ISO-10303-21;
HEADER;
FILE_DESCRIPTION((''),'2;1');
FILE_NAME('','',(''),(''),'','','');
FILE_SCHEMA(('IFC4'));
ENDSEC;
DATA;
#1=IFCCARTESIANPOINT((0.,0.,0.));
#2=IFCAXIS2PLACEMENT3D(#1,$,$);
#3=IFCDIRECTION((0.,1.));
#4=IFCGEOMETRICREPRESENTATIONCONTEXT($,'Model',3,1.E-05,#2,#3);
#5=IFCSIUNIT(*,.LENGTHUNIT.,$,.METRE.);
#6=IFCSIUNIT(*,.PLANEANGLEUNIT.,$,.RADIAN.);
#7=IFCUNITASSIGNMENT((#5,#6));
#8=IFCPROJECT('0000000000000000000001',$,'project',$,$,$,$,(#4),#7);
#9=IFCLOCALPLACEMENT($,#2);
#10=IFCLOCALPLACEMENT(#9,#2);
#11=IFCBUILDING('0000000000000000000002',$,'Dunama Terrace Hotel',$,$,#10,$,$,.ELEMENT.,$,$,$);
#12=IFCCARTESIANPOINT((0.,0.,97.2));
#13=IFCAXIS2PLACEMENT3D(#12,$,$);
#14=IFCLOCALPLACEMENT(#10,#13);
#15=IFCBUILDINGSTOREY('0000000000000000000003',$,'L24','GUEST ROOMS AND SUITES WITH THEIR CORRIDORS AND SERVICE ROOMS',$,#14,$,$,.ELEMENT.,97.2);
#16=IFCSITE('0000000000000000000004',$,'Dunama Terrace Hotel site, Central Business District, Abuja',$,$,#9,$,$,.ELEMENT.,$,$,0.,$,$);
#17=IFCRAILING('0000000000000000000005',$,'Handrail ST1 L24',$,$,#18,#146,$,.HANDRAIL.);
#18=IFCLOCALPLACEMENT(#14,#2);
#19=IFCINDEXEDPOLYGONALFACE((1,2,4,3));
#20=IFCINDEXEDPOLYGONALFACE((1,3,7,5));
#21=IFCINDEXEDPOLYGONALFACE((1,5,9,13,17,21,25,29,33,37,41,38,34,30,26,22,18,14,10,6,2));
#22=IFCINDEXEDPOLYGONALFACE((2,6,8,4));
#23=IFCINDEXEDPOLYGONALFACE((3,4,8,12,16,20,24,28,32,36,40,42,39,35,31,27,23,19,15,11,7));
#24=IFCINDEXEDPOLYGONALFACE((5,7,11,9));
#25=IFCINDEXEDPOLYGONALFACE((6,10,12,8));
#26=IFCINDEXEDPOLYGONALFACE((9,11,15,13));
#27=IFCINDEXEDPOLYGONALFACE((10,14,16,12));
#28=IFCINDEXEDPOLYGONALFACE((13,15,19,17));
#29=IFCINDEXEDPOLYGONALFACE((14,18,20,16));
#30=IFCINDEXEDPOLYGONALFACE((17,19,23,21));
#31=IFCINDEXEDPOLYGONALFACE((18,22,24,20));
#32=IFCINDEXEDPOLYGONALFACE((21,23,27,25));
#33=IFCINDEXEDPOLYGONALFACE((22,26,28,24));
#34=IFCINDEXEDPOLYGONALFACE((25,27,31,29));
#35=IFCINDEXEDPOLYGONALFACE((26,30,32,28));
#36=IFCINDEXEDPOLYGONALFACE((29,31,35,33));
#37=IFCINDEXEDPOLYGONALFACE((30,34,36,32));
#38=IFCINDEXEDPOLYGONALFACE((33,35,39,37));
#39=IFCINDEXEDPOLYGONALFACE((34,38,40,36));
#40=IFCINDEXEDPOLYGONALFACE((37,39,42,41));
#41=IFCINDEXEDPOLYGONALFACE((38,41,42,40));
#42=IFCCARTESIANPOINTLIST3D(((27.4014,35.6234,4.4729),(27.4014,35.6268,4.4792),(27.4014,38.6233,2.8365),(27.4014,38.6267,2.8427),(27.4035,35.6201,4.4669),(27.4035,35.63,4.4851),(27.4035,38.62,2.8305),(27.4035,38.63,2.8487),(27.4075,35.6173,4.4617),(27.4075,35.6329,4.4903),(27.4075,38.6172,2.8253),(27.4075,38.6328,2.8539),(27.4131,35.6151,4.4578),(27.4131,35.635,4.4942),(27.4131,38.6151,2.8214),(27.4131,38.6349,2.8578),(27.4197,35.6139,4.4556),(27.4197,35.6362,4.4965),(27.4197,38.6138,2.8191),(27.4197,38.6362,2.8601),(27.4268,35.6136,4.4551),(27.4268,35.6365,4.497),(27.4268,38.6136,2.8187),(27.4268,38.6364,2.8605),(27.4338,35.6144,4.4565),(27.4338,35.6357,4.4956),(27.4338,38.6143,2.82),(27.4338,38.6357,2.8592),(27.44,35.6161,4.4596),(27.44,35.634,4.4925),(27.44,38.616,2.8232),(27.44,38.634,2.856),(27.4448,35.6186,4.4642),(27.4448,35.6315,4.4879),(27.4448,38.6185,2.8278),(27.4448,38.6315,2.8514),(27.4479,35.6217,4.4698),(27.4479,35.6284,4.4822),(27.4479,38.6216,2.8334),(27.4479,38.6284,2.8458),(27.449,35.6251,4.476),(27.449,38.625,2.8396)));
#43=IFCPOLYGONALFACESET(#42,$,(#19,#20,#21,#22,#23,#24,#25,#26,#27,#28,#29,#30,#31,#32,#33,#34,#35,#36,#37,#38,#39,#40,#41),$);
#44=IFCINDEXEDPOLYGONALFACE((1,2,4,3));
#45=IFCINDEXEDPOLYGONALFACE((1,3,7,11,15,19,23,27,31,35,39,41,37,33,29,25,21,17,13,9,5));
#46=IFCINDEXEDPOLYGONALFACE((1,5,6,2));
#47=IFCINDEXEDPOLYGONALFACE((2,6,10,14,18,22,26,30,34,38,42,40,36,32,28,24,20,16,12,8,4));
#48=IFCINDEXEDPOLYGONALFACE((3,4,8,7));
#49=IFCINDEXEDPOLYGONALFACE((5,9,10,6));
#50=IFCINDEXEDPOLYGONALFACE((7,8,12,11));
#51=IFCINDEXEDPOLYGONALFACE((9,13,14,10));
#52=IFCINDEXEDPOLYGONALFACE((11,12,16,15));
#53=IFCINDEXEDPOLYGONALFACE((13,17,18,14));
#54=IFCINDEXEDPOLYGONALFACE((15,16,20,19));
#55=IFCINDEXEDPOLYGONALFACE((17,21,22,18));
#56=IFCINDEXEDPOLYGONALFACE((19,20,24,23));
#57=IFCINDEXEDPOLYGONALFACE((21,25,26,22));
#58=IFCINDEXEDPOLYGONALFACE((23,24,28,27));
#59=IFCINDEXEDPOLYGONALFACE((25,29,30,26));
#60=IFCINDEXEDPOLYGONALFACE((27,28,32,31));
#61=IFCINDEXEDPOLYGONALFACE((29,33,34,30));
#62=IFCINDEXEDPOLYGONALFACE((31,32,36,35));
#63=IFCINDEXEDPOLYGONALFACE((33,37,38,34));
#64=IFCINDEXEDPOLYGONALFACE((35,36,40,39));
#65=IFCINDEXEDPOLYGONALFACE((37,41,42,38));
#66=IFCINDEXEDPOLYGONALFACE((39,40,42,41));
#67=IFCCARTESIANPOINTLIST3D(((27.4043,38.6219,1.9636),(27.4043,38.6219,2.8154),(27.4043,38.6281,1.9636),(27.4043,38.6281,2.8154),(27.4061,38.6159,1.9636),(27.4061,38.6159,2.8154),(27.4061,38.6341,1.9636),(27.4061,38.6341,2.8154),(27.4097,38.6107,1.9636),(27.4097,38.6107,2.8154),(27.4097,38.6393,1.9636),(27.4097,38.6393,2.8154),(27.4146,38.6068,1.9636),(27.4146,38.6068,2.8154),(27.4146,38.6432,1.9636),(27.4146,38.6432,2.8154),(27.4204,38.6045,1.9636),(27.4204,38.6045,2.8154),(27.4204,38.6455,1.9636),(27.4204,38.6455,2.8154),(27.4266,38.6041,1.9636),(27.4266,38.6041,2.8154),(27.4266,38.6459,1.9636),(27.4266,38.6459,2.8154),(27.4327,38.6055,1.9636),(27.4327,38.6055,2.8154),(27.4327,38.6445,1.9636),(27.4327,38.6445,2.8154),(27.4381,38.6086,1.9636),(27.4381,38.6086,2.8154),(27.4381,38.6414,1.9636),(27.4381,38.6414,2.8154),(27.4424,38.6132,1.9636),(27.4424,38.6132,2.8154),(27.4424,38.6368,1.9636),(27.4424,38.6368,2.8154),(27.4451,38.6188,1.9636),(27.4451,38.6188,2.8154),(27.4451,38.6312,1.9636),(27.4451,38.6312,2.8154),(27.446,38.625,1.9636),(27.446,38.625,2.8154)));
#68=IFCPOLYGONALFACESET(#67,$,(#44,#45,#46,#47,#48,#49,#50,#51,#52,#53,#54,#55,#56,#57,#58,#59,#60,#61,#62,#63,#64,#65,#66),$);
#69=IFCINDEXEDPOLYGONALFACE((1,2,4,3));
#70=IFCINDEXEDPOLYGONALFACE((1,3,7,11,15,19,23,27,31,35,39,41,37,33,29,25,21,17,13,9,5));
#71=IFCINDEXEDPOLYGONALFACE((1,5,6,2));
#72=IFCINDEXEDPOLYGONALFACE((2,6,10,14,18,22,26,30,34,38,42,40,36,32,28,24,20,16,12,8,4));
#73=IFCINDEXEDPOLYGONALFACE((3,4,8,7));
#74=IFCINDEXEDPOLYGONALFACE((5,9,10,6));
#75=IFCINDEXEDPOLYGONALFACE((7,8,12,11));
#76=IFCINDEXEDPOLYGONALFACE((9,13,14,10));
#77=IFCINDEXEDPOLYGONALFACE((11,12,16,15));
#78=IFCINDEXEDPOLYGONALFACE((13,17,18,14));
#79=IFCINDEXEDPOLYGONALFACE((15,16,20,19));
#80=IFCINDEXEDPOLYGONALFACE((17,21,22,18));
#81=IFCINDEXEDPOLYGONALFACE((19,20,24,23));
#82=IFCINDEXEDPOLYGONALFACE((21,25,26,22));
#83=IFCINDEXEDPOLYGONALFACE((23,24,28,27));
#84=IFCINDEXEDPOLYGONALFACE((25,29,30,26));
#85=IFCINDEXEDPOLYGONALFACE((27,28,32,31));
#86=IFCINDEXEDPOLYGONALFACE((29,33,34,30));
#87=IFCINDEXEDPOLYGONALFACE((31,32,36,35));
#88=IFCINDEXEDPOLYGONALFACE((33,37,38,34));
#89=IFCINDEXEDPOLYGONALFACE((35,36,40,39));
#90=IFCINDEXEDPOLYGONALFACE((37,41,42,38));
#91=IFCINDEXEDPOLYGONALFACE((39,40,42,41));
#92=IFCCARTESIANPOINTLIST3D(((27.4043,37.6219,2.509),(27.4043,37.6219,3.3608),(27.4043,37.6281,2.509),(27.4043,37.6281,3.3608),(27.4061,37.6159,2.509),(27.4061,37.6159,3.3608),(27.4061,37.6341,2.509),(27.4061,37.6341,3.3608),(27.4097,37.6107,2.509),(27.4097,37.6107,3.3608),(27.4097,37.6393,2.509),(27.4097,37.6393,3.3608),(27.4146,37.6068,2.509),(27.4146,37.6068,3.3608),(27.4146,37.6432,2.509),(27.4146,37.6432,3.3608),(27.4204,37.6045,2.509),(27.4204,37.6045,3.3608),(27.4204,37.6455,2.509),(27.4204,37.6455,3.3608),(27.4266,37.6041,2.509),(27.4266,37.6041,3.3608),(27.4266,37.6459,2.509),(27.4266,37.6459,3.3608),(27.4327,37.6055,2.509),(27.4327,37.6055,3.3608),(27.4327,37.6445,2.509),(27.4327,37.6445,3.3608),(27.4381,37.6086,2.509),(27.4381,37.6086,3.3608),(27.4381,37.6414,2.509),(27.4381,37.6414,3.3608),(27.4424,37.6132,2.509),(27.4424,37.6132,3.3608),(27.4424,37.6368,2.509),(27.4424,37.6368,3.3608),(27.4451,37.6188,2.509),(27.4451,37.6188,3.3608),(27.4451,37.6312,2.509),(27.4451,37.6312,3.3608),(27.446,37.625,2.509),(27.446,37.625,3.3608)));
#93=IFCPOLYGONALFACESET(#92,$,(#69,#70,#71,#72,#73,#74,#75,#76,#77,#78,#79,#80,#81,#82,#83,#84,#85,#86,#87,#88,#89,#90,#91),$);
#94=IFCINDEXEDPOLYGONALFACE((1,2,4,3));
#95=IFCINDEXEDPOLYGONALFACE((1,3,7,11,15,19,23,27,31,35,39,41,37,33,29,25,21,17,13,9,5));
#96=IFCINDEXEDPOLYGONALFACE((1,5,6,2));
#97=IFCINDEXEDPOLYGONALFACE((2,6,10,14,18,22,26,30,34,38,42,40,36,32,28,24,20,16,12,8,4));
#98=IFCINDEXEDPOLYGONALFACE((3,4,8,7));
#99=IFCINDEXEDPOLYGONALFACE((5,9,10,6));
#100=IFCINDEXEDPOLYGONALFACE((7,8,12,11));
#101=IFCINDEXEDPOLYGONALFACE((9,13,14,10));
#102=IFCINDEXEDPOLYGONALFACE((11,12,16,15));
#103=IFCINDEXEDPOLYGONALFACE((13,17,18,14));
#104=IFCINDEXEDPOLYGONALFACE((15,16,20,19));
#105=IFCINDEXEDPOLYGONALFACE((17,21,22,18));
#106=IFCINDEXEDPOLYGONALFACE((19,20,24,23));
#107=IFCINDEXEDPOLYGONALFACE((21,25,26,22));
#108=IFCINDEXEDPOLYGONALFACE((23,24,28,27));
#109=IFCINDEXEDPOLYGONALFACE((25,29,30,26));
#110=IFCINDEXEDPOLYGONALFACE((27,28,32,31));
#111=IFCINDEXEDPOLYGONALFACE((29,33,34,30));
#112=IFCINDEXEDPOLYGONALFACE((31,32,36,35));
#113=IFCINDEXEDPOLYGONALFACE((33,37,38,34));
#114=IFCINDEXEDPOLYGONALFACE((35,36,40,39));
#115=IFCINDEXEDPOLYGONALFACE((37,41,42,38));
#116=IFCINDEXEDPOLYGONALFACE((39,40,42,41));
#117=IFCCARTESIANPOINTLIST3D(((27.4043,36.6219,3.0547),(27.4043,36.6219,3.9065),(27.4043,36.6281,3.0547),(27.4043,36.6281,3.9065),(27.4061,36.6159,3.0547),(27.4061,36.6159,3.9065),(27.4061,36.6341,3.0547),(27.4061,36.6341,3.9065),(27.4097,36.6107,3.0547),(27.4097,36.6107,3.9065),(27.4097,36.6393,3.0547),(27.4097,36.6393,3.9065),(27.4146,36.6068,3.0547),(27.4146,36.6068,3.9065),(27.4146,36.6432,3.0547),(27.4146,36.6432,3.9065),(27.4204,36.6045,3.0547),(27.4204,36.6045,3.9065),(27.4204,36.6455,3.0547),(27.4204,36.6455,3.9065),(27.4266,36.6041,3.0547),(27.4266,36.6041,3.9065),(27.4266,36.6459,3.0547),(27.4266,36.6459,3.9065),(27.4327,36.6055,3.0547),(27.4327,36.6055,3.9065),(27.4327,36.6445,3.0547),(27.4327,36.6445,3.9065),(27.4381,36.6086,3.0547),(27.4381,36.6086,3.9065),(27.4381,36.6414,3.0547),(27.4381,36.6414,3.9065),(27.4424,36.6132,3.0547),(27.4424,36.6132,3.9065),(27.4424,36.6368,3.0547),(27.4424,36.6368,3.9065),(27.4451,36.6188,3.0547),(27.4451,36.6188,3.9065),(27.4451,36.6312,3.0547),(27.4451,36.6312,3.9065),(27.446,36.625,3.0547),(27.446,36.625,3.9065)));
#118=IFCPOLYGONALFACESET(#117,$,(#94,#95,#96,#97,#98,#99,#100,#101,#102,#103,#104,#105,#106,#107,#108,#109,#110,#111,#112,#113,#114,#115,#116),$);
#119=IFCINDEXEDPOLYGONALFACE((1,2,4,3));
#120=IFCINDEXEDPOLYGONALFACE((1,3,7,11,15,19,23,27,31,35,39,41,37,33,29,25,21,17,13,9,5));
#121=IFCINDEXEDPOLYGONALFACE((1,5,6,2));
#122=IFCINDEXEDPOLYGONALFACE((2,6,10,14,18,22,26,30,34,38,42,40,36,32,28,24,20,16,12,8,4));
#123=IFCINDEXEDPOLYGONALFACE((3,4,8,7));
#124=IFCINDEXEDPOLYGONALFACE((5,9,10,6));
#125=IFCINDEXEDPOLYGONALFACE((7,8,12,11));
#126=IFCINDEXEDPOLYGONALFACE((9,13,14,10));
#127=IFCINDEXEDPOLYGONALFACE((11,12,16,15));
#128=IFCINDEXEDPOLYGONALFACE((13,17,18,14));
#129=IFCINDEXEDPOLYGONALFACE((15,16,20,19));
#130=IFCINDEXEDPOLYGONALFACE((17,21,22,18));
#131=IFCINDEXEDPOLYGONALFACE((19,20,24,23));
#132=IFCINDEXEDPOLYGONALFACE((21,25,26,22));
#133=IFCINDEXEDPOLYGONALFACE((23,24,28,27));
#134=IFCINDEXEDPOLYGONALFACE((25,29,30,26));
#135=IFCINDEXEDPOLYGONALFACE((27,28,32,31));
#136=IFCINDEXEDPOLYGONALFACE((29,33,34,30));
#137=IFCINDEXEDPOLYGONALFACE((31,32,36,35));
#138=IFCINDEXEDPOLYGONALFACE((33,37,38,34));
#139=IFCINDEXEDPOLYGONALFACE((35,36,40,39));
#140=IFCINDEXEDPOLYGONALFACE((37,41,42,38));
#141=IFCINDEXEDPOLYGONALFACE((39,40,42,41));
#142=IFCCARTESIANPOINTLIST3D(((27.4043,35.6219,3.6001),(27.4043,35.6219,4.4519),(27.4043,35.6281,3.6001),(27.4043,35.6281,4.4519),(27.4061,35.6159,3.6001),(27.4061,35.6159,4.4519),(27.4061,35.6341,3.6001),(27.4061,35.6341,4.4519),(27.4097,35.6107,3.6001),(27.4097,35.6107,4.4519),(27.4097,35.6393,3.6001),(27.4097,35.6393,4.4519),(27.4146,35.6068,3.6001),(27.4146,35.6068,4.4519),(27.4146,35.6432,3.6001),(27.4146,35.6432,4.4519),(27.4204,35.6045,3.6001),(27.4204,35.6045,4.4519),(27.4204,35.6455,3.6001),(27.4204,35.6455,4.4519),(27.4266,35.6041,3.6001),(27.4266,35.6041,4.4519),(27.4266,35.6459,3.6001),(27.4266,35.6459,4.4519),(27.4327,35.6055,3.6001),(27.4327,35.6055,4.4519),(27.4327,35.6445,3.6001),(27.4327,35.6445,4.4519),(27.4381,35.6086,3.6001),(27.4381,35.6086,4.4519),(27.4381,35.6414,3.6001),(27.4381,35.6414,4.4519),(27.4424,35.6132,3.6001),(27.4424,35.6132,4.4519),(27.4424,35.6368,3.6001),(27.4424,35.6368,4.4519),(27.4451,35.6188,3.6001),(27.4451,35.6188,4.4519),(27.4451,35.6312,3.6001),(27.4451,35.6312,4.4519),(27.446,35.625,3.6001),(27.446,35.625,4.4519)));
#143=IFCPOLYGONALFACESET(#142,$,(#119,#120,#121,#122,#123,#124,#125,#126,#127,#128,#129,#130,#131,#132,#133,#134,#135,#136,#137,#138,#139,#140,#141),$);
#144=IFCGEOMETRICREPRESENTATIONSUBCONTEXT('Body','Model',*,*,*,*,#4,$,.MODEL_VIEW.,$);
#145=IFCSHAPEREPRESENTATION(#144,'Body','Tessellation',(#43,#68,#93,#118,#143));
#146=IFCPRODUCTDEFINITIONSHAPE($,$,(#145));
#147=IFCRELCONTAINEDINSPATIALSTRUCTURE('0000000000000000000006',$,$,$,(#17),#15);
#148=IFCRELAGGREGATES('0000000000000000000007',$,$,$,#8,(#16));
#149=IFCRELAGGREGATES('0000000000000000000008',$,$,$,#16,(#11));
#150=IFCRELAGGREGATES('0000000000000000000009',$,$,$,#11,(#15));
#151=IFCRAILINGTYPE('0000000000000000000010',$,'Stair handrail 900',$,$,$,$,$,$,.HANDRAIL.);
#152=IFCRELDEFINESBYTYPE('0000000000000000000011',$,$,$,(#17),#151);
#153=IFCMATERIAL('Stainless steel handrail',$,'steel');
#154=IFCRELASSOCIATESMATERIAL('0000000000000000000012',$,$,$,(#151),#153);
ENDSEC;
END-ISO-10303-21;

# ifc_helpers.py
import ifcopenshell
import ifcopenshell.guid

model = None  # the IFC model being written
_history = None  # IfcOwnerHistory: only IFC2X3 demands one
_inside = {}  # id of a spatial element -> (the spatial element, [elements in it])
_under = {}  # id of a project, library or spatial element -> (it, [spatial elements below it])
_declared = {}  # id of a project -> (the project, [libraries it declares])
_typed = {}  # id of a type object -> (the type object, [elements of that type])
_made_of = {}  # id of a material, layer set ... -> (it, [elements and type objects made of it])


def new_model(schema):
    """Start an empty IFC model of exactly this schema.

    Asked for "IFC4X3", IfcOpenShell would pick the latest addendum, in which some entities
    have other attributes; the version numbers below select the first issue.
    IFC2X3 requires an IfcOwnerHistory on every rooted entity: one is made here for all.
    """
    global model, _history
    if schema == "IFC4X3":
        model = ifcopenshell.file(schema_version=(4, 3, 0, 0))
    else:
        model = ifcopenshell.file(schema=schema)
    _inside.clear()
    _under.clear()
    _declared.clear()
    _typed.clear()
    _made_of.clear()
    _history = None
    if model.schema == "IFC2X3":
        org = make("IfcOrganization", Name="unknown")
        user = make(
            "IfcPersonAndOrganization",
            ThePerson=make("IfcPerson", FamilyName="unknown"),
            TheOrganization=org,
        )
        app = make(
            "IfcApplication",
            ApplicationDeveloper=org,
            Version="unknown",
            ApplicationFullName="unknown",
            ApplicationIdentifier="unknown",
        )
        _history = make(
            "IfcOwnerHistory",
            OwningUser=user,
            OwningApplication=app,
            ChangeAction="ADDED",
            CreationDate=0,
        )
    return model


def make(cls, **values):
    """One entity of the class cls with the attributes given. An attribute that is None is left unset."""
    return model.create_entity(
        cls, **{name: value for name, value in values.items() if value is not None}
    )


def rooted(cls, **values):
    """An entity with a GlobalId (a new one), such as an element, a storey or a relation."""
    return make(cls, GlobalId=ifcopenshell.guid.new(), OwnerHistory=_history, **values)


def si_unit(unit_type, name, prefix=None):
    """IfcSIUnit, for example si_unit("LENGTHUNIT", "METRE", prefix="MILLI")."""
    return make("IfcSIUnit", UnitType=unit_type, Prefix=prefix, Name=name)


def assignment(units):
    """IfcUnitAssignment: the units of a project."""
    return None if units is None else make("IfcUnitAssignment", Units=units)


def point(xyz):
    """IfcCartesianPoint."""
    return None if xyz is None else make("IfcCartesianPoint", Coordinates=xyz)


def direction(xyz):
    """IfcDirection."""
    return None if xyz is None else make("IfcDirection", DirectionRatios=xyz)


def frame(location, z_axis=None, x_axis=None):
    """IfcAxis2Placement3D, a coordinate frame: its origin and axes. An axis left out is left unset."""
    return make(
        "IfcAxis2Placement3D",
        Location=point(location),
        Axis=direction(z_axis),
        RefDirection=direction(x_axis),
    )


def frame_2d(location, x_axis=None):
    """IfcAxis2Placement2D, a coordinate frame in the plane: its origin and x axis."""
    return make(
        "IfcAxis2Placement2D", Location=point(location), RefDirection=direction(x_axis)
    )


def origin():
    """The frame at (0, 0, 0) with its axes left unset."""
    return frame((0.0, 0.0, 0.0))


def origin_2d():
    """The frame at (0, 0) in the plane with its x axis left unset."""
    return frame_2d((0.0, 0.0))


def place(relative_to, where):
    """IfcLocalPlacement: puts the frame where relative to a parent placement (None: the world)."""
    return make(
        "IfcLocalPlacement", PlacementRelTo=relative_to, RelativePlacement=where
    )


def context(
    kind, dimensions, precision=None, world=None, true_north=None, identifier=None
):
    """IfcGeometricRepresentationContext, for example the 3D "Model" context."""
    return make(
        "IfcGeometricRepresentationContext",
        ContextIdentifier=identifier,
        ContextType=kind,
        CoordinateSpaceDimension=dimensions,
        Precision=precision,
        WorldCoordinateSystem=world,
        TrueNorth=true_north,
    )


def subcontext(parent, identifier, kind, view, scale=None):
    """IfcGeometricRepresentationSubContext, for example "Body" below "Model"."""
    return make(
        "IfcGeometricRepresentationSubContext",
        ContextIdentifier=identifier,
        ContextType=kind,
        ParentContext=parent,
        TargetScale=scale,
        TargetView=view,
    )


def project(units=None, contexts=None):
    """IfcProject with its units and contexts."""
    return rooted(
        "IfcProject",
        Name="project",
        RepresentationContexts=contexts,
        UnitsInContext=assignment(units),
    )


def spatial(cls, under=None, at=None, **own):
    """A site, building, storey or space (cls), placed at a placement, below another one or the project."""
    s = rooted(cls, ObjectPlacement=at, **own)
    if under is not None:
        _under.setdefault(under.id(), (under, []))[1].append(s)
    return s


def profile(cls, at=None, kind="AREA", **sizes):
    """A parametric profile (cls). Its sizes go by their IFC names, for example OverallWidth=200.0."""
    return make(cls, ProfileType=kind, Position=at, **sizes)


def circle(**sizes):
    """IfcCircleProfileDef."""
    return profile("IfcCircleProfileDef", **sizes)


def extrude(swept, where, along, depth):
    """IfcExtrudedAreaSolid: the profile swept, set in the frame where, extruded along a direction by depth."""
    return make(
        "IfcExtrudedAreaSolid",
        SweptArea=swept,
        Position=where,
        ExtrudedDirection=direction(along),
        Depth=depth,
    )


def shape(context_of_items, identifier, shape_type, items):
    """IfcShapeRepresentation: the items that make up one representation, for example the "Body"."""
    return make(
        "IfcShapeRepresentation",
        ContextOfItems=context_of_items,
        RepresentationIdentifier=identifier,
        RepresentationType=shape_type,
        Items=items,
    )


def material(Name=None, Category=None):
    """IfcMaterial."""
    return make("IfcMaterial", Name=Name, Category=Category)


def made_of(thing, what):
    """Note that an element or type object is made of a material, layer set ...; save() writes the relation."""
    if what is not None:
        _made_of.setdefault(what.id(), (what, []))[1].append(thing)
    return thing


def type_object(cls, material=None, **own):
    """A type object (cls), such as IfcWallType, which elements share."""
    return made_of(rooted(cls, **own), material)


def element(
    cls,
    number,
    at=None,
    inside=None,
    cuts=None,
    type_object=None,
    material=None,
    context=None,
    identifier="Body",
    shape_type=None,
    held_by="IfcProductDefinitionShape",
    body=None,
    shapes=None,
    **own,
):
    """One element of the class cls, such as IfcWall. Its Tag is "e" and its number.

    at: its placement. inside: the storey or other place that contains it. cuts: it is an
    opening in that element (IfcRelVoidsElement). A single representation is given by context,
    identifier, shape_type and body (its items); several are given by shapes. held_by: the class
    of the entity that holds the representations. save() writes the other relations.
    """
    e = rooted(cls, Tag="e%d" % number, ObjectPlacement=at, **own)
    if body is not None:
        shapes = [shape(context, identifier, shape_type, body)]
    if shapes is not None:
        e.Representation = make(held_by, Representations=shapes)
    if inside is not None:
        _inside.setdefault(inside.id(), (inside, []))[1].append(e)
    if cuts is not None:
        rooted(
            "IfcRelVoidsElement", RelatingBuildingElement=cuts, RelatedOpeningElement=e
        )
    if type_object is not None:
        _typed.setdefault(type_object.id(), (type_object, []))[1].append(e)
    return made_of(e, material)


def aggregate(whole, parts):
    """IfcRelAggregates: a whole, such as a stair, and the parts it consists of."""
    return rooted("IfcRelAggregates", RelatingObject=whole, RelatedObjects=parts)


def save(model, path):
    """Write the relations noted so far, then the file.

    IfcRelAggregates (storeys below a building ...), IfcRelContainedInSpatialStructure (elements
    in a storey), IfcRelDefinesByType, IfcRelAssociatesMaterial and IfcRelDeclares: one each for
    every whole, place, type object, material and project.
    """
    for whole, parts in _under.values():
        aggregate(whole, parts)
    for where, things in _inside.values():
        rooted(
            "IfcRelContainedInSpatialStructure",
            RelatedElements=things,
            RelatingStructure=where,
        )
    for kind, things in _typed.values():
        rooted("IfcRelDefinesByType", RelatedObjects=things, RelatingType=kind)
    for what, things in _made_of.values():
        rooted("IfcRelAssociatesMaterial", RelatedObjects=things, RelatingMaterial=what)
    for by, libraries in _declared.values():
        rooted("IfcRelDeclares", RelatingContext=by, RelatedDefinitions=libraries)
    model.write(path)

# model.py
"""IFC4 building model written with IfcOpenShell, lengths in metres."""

from ifc_helpers import new_model, si_unit, direction, frame, origin, origin_2d, place, context, subcontext, project, spatial, circle, extrude, material, type_object, element, save


model = new_model("IFC4")

# Units and contexts
model_context = context("Model", 3, precision=1e-05, world=origin(), true_north=direction((0.0, 1.0)))
body_context = subcontext(model_context, "Body", "Model", "MODEL_VIEW")
ifc_project = project(units=[si_unit("LENGTHUNIT", "METRE"), si_unit("PLANEANGLEUNIT", "RADIAN")], contexts=[model_context])

# Site, building, storey
site_placement = place(None, origin())
site = spatial("IfcSite", under=ifc_project, at=site_placement, Name="Dunama Terrace Hotel site, Central Business District, Abuja", CompositionType="ELEMENT", RefElevation=0.0)
building_placement = place(site_placement, origin())
building = spatial("IfcBuilding", under=site, at=building_placement, Name="Dunama Terrace Hotel", CompositionType="ELEMENT")
storey_placement = place(building_placement, frame((0.0, 0.0, 97.2)))
storey = spatial("IfcBuildingStorey", under=building, at=storey_placement, Name="L24", Description="GUEST ROOMS AND SUITES WITH THEIR CORRIDORS AND SERVICE ROOMS", CompositionType="ELEMENT", Elevation=97.2)

# Railing
ifc_material_1 = material(Name="Stainless steel handrail", Category="steel")
railing_type = type_object("IfcRailingType", Name="Stair handrail 900", PredefinedType="HANDRAIL", material=ifc_material_1)
railing_1_placement = place(storey_placement, frame((27.425, 38.625, 1.9636)))
element("IfcRailing", 1, at=railing_1_placement, inside=storey, type_object=railing_type, Name="Handrail ST1 L24", PredefinedType="HANDRAIL", context=body_context, shape_type="SweptSolid", body=[
    extrude(circle(Radius=0.0239, at=origin_2d()), frame((0.0, 0.0, 0.876), z_axis=(0.0, -0.877882, 0.478877), x_axis=(1.0, 0.0, 0.0)), (0.0, 0.0, 1.0), 3.4172),
    extrude(circle(Radius=0.021, at=origin_2d()), origin(), (0.0, 0.0, 1.0), 0.8518),
    extrude(circle(Radius=0.021, at=origin_2d()), frame((0.0, -1.0, 0.5454)), (0.0, 0.0, 1.0), 0.8518),
    extrude(circle(Radius=0.021, at=origin_2d()), frame((0.0, -2.0, 1.0911)), (0.0, 0.0, 1.0), 0.8518),
    extrude(circle(Radius=0.021, at=origin_2d()), frame((0.0, -3.0, 1.6365)), (0.0, 0.0, 1.0), 0.8518),
])

save(model, "model.ifc")
